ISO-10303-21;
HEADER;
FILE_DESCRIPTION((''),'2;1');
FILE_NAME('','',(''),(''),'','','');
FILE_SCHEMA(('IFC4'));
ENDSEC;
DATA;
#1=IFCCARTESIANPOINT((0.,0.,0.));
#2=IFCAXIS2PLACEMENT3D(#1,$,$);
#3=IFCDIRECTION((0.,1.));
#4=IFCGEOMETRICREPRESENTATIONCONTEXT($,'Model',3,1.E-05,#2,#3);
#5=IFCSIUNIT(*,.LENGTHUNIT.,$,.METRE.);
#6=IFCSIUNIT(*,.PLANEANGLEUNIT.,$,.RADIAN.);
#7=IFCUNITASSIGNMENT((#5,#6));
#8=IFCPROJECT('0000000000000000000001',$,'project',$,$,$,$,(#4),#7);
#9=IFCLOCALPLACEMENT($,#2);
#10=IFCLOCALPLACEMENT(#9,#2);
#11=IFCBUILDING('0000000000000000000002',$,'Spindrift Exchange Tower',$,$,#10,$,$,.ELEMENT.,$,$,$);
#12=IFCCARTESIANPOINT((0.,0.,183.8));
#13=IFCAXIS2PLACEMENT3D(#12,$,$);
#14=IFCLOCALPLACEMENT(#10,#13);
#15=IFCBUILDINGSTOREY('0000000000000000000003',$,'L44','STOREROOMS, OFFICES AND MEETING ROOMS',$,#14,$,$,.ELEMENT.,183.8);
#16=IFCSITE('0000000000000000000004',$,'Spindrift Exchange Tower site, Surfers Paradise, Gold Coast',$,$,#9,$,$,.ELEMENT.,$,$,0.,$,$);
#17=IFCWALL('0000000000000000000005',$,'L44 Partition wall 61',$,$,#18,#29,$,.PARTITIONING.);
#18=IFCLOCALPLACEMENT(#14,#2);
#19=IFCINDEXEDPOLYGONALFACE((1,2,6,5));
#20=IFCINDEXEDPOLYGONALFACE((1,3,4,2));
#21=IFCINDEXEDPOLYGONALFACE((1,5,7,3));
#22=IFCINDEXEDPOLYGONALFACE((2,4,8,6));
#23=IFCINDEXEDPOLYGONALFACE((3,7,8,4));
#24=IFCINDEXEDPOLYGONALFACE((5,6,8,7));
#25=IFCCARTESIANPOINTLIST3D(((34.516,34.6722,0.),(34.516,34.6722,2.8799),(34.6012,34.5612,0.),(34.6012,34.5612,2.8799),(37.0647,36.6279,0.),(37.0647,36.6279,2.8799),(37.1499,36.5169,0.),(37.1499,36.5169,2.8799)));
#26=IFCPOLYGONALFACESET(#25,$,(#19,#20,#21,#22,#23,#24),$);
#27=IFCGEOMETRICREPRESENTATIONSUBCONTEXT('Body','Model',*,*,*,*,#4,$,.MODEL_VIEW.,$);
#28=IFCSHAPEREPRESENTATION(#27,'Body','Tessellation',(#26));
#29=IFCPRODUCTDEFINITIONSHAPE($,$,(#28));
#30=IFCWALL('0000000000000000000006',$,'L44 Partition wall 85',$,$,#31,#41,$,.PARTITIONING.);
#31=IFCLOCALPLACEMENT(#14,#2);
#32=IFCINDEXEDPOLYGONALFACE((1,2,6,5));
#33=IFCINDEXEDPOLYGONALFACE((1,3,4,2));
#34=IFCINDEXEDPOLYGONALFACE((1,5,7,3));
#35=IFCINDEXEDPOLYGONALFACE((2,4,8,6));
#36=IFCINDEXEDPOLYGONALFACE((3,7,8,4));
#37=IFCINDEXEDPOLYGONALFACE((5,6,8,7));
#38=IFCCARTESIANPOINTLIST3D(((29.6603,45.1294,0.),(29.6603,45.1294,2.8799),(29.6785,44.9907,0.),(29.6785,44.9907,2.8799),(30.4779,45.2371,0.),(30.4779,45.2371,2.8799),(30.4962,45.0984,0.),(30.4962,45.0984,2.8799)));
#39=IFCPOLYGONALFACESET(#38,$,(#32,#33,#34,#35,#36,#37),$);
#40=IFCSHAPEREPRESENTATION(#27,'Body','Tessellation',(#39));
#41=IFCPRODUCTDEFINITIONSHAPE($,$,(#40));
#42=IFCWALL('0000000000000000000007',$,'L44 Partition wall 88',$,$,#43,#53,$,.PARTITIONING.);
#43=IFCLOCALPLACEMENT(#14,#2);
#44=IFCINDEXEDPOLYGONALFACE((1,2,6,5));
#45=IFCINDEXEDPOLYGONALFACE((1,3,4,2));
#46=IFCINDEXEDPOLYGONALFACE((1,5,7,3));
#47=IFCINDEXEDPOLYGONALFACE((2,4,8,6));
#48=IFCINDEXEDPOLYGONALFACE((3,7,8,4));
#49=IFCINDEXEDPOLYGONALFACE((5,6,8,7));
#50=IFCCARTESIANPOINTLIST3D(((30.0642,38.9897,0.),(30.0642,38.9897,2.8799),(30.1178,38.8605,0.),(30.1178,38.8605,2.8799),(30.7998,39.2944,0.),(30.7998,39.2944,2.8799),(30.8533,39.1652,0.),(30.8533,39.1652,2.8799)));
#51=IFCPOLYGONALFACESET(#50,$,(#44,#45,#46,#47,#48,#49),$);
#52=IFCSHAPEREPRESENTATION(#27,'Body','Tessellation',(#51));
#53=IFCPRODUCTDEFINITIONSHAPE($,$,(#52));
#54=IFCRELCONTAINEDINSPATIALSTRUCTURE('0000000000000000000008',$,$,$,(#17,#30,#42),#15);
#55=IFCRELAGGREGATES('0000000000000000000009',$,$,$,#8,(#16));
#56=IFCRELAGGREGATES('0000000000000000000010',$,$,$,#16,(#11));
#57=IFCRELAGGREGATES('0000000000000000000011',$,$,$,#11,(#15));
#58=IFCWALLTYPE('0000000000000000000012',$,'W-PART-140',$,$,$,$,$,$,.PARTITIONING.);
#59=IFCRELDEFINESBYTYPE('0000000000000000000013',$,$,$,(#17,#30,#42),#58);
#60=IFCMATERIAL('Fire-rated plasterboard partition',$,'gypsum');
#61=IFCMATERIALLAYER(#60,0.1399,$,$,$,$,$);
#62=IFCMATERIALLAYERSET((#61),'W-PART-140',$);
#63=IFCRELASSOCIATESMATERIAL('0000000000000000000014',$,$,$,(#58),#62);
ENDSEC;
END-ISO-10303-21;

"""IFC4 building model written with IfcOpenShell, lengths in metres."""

from ifc_helpers import new_model, si_unit, direction, frame, frame_2d, origin, place, context, subcontext, project, spatial, rectangle, extrude, material, layer, layer_set, type_object, element, save


model = new_model("IFC4")

# Units and contexts
model_context = context("Model", 3, precision=1e-05, world=origin(), true_north=direction((0.0, 1.0)))
body_context = subcontext(model_context, "Body", "Model", "MODEL_VIEW")
ifc_project = project(units=[si_unit("LENGTHUNIT", "METRE"), si_unit("PLANEANGLEUNIT", "RADIAN")], contexts=[model_context])

# Site, building, storey
site_placement = place(None, origin())
site = spatial("IfcSite", under=ifc_project, at=site_placement, Name="Spindrift Exchange Tower site, Surfers Paradise, Gold Coast", CompositionType="ELEMENT", RefElevation=0.0)
building_placement = place(site_placement, origin())
building = spatial("IfcBuilding", under=site, at=building_placement, Name="Spindrift Exchange Tower", CompositionType="ELEMENT")
storey_placement = place(building_placement, frame((0.0, 0.0, 183.8)))
storey = spatial("IfcBuildingStorey", under=building, at=storey_placement, Name="L44", Description="STOREROOMS, OFFICES AND MEETING ROOMS", CompositionType="ELEMENT", Elevation=183.8)

# Shared definitions
ifc_material_1 = material(Name="Fire-rated plasterboard partition", Category="gypsum")
ifc_layer_1 = layer(ifc_material_1, 0.1399)
ifc_layer_set_1 = layer_set([ifc_layer_1], Name="W-PART-140")
wall_type_1 = type_object("IfcWallType", Name="W-PART-140", PredefinedType="PARTITIONING", material=ifc_layer_set_1)

# Walls
wall_1_placement = place(storey_placement, frame((37.1074, 36.5725, 0.0), z_axis=(0.0, 0.0, 1.0), x_axis=(-0.793349, -0.608767, 0.0)))
element("IfcWall", 1, at=wall_1_placement, inside=storey, type_object=wall_type_1, Name="L44 Partition wall 61", PredefinedType="PARTITIONING", context=body_context, shape_type="SweptSolid", body=[
    extrude(rectangle(XDim=3.2126, YDim=0.1399, at=frame_2d((1.6064, 0.0))), origin(), (0.0, 0.0, 1.0), 2.8799),
])
wall_2_placement = place(storey_placement, frame((30.4871, 45.1677, 0.0), z_axis=(0.0, 0.0, 1.0), x_axis=(-0.991441, -0.130554, 0.0)))
element("IfcWall", 2, at=wall_2_placement, inside=storey, type_object=wall_type_1, Name="L44 Partition wall 85", PredefinedType="PARTITIONING", context=body_context, shape_type="SweptSolid", body=[
    extrude(rectangle(XDim=0.8247, YDim=0.1399, at=frame_2d((0.4124, 0.0))), origin(), (0.0, 0.0, 1.0), 2.8799),
])
wall_3_placement = place(storey_placement, frame((30.8264, 39.2297, 0.0), z_axis=(0.0, 0.0, 1.0), x_axis=(-0.923882, -0.382677, 0.0)))
element("IfcWall", 3, at=wall_3_placement, inside=storey, type_object=wall_type_1, Name="L44 Partition wall 88", PredefinedType="PARTITIONING", context=body_context, shape_type="SweptSolid", body=[
    extrude(rectangle(XDim=0.7961, YDim=0.1399, at=frame_2d((0.3979, 0.0))), origin(), (0.0, 0.0, 1.0), 2.8799),
])

save(model, "model.ifc")
